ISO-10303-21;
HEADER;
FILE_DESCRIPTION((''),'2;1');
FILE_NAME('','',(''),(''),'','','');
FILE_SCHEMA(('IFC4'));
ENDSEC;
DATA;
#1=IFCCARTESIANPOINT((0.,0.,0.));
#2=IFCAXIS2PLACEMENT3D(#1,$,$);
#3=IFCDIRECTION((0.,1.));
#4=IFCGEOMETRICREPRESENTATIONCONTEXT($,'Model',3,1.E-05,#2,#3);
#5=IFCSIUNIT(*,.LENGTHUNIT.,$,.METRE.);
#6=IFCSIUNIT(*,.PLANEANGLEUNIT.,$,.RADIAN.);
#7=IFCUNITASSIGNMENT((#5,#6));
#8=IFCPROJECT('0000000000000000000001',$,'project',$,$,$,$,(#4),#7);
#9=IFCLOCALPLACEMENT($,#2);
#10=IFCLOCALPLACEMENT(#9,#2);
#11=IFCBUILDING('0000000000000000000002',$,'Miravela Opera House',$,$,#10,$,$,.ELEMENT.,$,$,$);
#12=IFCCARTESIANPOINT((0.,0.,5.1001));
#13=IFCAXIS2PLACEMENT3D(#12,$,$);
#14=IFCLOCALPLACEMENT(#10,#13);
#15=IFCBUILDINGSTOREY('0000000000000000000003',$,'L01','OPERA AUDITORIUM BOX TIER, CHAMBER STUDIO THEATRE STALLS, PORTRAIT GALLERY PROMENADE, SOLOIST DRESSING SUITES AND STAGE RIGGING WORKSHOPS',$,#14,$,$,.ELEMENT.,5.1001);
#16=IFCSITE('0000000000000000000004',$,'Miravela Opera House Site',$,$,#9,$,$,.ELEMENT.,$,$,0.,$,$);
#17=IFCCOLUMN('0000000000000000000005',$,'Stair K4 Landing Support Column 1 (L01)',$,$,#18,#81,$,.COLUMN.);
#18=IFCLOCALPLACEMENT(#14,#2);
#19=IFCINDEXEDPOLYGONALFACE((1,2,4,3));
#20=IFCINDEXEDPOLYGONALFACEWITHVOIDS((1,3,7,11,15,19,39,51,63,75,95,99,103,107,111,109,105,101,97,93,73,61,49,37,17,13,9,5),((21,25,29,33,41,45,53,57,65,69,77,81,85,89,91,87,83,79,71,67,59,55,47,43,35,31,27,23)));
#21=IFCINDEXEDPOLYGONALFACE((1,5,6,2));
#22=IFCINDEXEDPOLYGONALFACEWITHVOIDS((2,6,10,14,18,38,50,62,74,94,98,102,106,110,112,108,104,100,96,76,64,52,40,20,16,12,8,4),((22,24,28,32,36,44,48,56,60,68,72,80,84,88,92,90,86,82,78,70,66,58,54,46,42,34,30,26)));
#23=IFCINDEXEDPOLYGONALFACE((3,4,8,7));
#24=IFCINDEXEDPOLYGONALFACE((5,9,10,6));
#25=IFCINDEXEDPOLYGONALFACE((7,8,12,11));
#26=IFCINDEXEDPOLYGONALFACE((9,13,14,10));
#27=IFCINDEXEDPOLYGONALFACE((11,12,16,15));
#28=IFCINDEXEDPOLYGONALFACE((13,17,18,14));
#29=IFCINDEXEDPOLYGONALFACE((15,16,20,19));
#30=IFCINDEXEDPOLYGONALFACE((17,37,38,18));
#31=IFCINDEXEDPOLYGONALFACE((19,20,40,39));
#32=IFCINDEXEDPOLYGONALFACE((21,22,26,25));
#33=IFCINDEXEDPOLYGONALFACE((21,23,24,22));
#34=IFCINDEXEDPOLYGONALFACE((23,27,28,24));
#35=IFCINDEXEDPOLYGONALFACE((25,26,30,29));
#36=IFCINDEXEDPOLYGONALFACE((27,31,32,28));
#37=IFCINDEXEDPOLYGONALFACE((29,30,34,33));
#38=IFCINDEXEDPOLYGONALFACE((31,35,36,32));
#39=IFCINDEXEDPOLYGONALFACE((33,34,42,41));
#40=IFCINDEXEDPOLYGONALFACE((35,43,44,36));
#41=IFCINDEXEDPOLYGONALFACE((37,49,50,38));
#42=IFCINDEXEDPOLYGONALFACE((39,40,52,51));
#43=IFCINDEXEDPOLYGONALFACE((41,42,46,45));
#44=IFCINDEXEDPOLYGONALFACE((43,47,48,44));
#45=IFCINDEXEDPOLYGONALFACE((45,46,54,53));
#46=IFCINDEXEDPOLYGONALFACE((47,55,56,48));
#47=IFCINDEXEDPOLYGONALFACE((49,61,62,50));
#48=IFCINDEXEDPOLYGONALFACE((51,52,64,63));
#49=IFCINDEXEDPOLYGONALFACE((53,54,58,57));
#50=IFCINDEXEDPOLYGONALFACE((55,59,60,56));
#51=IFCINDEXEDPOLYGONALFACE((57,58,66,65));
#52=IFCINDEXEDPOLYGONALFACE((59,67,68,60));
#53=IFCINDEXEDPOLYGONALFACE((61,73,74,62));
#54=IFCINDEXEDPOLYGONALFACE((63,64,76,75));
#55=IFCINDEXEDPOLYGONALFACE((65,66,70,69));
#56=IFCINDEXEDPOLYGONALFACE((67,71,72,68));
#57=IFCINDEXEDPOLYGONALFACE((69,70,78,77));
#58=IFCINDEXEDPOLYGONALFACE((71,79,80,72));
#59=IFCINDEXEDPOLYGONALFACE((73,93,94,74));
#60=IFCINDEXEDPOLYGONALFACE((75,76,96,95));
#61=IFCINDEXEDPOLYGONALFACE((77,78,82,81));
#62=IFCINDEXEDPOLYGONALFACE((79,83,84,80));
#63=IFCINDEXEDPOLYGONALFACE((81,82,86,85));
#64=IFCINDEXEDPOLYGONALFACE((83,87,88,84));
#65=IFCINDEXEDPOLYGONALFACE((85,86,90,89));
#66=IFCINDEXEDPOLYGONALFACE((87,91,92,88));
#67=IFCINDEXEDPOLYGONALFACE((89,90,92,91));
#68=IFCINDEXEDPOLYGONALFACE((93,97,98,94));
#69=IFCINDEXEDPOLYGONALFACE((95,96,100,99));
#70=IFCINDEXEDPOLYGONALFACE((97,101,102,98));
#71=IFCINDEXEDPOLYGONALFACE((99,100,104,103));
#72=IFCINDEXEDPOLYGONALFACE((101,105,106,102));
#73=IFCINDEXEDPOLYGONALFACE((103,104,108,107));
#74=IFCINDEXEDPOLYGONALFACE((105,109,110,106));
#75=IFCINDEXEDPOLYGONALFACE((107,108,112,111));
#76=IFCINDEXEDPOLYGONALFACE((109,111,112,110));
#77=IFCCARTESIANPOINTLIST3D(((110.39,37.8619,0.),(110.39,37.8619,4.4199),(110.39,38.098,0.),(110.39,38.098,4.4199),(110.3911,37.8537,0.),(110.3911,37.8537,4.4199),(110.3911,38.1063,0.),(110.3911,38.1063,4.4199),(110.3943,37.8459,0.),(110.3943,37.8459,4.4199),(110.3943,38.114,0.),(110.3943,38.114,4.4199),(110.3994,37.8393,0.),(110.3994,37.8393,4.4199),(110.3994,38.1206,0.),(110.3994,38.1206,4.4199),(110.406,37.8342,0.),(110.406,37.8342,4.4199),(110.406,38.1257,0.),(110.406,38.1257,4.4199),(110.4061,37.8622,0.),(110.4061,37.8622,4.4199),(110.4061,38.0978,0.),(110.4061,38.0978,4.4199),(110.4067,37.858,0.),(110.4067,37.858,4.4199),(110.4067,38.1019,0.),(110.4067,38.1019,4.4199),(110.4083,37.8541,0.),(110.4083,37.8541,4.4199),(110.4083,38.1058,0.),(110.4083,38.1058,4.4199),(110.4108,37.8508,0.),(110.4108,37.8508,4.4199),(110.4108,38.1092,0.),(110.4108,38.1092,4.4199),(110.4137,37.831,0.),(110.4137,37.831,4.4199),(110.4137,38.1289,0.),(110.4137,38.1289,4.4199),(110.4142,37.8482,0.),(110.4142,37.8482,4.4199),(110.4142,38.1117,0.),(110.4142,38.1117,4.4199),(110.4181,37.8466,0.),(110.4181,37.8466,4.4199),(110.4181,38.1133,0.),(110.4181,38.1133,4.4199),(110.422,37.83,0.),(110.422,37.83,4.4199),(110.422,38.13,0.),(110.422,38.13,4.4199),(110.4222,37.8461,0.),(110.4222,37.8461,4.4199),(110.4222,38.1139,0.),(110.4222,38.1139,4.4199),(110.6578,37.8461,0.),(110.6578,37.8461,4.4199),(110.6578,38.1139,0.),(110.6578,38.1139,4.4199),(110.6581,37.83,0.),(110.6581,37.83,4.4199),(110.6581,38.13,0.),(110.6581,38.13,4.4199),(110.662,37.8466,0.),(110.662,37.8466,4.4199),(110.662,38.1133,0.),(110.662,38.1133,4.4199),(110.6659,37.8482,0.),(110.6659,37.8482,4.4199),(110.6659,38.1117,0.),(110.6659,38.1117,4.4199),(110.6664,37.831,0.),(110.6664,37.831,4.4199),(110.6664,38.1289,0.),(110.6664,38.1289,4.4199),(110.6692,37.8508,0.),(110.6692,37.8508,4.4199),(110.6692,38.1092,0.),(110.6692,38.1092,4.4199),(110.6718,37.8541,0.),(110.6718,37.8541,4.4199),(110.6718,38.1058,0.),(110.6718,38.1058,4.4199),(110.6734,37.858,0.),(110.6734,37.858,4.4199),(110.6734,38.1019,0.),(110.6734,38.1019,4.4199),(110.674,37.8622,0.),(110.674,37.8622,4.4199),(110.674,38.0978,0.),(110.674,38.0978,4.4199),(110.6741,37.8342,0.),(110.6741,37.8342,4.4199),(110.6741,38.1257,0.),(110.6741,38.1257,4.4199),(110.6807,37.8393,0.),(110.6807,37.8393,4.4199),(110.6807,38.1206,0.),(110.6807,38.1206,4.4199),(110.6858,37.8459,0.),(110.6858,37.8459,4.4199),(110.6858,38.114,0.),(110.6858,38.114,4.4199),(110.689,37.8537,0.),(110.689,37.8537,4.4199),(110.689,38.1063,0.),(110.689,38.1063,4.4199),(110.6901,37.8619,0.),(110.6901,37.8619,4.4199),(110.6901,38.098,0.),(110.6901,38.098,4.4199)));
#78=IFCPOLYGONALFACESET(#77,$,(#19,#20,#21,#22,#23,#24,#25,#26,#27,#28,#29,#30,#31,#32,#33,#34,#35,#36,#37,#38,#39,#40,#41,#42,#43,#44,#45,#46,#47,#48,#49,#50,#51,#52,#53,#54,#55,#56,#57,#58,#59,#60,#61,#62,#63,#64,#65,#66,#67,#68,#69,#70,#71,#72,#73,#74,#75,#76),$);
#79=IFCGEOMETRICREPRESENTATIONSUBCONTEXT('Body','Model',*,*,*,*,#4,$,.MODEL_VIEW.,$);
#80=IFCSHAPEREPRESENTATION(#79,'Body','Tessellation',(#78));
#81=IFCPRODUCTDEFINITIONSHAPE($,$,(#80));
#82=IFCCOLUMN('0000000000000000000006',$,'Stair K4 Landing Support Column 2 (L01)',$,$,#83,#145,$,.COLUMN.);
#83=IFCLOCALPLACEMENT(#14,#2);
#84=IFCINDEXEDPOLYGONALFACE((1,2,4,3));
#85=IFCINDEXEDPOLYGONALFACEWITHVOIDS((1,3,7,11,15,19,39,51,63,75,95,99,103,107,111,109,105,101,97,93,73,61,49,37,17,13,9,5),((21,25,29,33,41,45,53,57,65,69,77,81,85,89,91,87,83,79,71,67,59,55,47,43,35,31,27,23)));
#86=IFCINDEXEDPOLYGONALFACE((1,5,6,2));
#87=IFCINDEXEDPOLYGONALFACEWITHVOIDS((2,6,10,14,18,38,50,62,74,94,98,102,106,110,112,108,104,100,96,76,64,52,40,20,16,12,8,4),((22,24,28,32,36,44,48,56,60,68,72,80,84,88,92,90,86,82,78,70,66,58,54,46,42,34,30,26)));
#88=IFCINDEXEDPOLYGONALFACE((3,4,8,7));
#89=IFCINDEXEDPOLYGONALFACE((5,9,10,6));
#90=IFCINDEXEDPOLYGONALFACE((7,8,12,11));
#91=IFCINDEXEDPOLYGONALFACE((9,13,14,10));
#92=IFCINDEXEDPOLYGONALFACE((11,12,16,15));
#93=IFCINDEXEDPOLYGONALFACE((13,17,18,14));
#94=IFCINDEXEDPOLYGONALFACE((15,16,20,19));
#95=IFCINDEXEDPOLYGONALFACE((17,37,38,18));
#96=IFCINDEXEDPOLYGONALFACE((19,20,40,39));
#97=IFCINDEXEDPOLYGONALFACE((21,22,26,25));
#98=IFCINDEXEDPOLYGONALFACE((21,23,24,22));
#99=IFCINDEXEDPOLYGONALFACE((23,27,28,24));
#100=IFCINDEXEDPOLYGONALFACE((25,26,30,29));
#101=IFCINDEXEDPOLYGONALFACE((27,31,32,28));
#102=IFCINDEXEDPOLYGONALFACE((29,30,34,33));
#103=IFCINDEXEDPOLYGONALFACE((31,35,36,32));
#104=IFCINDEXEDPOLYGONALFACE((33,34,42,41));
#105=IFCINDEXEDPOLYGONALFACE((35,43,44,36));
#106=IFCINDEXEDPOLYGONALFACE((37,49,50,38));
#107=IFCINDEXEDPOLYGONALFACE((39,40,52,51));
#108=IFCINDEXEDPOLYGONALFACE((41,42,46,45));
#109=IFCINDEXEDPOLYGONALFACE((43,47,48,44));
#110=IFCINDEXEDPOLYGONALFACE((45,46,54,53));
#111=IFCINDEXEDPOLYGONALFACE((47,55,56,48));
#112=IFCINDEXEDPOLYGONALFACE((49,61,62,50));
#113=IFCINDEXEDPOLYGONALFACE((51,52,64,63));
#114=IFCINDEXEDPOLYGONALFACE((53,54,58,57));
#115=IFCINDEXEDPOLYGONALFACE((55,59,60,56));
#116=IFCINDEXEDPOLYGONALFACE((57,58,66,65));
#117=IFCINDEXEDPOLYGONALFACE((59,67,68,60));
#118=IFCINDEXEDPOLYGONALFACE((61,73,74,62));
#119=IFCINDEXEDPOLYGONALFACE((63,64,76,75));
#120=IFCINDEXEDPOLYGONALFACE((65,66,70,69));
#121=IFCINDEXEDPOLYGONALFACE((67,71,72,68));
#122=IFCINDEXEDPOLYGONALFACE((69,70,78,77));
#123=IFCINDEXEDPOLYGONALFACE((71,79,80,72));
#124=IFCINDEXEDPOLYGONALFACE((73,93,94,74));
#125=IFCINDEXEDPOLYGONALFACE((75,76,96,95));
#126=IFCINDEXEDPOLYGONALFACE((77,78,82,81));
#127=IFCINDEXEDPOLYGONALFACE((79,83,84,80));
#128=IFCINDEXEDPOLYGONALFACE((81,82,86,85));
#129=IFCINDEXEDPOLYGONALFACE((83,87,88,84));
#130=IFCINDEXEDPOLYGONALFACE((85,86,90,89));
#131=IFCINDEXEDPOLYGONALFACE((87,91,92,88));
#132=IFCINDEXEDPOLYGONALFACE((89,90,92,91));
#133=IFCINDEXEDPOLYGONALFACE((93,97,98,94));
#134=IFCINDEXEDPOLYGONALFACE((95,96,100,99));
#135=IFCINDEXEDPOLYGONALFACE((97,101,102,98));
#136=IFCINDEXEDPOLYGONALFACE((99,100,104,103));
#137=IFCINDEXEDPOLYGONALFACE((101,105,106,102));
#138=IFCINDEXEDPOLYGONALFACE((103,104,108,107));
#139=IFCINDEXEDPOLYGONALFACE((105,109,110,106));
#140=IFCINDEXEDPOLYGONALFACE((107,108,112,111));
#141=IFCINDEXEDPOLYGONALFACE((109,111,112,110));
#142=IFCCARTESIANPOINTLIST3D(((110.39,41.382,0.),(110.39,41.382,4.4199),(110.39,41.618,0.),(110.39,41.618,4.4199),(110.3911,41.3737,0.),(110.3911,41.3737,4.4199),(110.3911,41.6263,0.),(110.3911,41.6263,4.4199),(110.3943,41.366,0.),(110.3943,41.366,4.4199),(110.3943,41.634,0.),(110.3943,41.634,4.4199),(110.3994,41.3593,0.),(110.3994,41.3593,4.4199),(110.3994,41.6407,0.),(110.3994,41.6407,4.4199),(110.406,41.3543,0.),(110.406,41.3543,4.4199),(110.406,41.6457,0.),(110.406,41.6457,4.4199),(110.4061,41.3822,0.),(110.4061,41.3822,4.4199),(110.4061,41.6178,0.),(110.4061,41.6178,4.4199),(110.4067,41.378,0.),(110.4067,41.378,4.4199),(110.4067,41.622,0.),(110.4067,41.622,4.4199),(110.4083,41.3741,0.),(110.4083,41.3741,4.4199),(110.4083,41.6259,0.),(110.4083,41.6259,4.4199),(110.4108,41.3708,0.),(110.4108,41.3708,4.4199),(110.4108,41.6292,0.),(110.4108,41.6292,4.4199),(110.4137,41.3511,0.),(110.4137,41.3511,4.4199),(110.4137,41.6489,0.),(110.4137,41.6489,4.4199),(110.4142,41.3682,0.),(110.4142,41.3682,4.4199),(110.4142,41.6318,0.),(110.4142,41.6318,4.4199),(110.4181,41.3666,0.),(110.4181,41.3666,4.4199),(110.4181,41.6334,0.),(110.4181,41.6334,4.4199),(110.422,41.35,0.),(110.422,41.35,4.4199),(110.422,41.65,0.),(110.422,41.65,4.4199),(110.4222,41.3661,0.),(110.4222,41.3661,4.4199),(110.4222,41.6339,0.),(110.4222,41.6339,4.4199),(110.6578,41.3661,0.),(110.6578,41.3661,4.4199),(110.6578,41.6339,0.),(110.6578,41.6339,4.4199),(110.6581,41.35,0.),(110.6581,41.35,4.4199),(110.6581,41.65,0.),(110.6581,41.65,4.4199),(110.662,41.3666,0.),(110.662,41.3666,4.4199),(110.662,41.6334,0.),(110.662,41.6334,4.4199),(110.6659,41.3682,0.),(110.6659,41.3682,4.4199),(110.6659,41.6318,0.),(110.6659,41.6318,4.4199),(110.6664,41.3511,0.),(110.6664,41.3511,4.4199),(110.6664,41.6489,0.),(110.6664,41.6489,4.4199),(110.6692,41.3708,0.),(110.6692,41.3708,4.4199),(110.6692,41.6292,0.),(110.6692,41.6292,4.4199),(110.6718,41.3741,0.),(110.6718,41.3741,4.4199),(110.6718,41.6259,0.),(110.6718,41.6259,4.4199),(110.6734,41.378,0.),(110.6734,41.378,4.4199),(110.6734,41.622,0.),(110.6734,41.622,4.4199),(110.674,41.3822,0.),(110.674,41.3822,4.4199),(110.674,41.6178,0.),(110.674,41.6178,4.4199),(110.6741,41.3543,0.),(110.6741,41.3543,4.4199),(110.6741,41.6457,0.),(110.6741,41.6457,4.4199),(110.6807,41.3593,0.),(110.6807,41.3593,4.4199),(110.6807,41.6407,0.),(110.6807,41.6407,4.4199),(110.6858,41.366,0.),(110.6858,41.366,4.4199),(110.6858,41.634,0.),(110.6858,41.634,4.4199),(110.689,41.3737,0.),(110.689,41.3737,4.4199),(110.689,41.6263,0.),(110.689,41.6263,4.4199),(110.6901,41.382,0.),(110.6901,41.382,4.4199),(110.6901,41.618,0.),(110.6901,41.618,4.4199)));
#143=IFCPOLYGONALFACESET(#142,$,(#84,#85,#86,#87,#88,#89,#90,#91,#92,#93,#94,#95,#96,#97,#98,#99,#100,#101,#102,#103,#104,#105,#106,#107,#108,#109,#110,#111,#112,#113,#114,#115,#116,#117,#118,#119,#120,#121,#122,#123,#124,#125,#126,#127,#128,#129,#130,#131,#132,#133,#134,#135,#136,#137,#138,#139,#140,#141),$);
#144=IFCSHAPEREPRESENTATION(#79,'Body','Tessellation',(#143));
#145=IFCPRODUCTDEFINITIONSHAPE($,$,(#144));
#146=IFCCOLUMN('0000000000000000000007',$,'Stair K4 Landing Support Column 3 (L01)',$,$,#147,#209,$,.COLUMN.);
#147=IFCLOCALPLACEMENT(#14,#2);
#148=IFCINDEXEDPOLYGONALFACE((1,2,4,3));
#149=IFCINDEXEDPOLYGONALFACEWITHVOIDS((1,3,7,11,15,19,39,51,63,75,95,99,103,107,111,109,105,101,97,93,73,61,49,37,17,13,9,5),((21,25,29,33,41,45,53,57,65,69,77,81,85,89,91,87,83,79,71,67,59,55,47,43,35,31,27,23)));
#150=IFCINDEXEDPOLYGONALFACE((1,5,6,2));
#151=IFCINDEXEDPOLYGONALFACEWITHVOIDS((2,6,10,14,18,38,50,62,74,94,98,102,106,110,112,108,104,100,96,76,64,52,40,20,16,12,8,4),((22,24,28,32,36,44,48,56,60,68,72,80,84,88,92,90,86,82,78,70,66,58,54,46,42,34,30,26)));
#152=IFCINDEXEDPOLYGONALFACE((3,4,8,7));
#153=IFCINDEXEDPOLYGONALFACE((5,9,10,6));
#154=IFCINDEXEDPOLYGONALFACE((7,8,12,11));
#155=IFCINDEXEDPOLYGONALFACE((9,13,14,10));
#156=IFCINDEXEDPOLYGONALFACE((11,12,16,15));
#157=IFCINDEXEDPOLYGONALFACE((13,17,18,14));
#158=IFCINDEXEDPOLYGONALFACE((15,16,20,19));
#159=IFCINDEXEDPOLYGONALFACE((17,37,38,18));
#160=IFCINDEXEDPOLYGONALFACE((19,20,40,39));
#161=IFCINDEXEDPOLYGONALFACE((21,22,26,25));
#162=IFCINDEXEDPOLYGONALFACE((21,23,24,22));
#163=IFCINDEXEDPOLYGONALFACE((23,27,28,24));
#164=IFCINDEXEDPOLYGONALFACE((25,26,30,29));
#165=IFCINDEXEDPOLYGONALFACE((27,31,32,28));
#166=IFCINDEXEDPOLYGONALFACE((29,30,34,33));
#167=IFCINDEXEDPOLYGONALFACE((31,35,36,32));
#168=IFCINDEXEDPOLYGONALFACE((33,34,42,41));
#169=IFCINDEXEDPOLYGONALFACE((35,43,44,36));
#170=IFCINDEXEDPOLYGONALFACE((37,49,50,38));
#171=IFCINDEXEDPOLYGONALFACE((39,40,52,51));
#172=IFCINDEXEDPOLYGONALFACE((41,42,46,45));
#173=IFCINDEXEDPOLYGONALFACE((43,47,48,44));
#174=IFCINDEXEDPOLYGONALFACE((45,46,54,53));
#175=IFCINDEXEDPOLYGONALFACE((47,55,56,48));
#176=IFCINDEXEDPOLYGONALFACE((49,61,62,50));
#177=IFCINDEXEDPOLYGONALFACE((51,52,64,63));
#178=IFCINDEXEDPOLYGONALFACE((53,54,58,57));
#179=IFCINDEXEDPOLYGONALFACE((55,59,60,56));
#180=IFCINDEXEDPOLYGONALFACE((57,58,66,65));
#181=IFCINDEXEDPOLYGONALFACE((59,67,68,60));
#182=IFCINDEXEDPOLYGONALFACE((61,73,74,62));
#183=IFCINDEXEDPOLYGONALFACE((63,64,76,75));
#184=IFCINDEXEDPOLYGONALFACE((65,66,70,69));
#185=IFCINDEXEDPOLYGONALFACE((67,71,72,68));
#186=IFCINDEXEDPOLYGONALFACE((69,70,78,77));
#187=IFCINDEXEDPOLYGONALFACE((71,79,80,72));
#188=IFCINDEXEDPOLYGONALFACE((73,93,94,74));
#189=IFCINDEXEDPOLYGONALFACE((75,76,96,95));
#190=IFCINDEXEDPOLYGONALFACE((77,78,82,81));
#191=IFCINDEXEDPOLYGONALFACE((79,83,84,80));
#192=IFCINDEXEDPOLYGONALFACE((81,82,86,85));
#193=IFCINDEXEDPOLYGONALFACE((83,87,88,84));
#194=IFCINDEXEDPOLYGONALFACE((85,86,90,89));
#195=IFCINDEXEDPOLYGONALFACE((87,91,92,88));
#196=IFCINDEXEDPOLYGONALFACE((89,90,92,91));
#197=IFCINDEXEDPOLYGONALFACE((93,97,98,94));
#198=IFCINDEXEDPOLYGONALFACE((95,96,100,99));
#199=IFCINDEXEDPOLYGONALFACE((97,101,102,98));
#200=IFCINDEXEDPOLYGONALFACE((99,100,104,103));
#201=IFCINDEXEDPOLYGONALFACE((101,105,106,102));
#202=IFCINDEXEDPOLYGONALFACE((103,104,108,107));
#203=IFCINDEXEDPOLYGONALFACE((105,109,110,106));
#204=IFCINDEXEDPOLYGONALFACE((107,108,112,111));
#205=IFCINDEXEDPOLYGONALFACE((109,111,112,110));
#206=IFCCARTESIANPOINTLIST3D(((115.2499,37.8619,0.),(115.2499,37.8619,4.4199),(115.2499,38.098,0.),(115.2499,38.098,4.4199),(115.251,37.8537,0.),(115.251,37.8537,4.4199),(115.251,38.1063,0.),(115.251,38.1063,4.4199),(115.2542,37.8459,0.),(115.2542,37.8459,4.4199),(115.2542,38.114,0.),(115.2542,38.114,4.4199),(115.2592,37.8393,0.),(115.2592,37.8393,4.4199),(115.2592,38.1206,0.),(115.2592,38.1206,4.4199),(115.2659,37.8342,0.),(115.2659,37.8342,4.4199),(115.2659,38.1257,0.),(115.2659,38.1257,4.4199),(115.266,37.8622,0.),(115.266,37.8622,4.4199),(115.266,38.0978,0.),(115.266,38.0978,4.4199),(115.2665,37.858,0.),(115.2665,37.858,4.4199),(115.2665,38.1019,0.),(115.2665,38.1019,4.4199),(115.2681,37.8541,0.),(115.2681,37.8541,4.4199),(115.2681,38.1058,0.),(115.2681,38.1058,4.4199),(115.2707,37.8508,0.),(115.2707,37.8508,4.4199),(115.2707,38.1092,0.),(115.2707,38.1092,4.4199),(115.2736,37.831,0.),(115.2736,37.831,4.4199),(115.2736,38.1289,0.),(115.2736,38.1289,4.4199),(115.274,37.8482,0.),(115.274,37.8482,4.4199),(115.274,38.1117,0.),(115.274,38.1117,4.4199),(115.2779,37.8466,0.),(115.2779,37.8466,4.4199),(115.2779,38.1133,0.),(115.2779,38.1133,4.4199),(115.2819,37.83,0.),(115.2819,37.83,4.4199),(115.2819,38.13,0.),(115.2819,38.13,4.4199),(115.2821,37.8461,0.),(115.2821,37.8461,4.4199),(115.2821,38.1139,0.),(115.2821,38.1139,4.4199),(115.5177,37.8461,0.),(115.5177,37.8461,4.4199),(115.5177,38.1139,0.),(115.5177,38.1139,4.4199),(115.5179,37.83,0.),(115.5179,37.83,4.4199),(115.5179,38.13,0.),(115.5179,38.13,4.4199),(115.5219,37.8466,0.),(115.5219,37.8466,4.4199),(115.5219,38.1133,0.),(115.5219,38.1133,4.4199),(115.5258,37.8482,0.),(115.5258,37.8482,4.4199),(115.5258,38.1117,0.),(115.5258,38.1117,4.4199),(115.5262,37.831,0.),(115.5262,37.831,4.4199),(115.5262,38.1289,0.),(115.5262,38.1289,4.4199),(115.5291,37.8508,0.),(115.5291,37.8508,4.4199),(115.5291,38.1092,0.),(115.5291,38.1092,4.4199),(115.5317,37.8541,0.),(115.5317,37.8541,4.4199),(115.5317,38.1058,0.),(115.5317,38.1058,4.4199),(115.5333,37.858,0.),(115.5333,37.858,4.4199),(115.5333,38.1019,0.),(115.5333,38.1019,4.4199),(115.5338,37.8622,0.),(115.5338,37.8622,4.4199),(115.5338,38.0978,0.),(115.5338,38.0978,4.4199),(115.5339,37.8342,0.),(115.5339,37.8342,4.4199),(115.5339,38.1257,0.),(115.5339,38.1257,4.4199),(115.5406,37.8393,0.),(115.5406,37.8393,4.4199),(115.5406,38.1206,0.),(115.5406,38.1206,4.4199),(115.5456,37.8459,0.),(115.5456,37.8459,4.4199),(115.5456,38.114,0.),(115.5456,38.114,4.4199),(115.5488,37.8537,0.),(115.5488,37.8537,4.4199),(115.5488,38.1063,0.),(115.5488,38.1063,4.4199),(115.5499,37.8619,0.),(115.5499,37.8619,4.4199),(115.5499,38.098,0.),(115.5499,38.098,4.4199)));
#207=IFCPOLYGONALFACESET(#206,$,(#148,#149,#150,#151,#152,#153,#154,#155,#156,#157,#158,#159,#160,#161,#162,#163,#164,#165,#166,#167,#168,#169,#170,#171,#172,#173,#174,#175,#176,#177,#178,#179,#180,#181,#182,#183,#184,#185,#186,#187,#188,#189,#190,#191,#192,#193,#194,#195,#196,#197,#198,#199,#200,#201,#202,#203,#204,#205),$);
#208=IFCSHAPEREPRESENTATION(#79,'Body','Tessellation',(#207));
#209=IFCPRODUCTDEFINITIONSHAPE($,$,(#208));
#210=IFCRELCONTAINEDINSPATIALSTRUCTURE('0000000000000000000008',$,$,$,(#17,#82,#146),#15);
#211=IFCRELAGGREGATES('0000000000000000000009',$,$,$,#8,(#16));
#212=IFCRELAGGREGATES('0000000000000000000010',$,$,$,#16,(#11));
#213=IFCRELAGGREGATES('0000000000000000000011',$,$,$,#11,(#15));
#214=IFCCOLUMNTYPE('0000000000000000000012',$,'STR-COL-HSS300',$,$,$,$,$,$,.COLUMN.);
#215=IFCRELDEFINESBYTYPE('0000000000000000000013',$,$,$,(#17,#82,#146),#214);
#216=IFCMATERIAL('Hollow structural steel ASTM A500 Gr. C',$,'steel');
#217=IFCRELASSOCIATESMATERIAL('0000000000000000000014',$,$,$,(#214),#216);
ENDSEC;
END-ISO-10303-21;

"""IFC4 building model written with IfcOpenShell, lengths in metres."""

from ifc_helpers import new_model, si_unit, direction, frame, origin, origin_2d, place, context, subcontext, project, spatial, hollow_rectangle, extrude, material, material_profile, profile_set, type_object, element, save


model = new_model("IFC4")

# Units and contexts
model_context = context("Model", 3, precision=1e-05, world=origin(), true_north=direction((0.0, 1.0)))
body_context = subcontext(model_context, "Body", "Model", "MODEL_VIEW")
ifc_project = project(units=[si_unit("LENGTHUNIT", "METRE"), si_unit("PLANEANGLEUNIT", "RADIAN")], contexts=[model_context])

# Site, building, storey
site_placement = place(None, origin())
site = spatial("IfcSite", under=ifc_project, at=site_placement, Name="Miravela Opera House Site", CompositionType="ELEMENT", RefElevation=0.0)
building_placement = place(site_placement, origin())
building = spatial("IfcBuilding", under=site, at=building_placement, Name="Miravela Opera House", CompositionType="ELEMENT")
storey_placement = place(building_placement, frame((0.0, 0.0, 5.1001)))
storey = spatial("IfcBuildingStorey", under=building, at=storey_placement, Name="L01", Description="OPERA AUDITORIUM BOX TIER, CHAMBER STUDIO THEATRE STALLS, PORTRAIT GALLERY PROMENADE, SOLOIST DRESSING SUITES AND STAGE RIGGING WORKSHOPS", CompositionType="ELEMENT", Elevation=5.1001)

# Columns
ifc_material_1 = material(Name="Hollow structural steel ASTM A500 Gr. C", Category="steel")
ifc_material_profile_1 = material_profile(ifc_material_1, hollow_rectangle(XDim=0.3, YDim=0.3, WallThickness=0.0161, InnerFilletRadius=0.0161, OuterFilletRadius=0.032, at=origin_2d()), Name="HSS300X300X16")
ifc_profile_set_1 = profile_set([ifc_material_profile_1])
column_type_1 = type_object("IfcColumnType", Name="STR-COL-HSS300", PredefinedType="COLUMN", material=ifc_profile_set_1)
for number, where, z_axis, x_axis, name in (
    (1, (110.54, 37.98, 0.0), (0.0, 0.0, 1.0), (1.0, 0.0, 0.0), "Stair K4 Landing Support Column 1 (L01)"),
    (2, (110.54, 41.5, 0.0), (0.0, 0.0, 1.0), (1.0, 0.0, 0.0), "Stair K4 Landing Support Column 2 (L01)"),
    (3, (115.3999, 37.98, 0.0), (0.0, 0.0, 1.0), (1.0, 0.0, 0.0), "Stair K4 Landing Support Column 3 (L01)"),
):
    element("IfcColumn", number, at=place(storey_placement, frame(where, z_axis=z_axis, x_axis=x_axis)), inside=storey, type_object=column_type_1, Name=name, PredefinedType="COLUMN", context=body_context, shape_type="SweptSolid", body=[
        extrude(hollow_rectangle(XDim=0.3, YDim=0.3, WallThickness=0.0161, InnerFilletRadius=0.0161, OuterFilletRadius=0.032, at=origin_2d()), origin(), (0.0, 0.0, 1.0), 4.4199),
    ])

save(model, "model.ifc")
